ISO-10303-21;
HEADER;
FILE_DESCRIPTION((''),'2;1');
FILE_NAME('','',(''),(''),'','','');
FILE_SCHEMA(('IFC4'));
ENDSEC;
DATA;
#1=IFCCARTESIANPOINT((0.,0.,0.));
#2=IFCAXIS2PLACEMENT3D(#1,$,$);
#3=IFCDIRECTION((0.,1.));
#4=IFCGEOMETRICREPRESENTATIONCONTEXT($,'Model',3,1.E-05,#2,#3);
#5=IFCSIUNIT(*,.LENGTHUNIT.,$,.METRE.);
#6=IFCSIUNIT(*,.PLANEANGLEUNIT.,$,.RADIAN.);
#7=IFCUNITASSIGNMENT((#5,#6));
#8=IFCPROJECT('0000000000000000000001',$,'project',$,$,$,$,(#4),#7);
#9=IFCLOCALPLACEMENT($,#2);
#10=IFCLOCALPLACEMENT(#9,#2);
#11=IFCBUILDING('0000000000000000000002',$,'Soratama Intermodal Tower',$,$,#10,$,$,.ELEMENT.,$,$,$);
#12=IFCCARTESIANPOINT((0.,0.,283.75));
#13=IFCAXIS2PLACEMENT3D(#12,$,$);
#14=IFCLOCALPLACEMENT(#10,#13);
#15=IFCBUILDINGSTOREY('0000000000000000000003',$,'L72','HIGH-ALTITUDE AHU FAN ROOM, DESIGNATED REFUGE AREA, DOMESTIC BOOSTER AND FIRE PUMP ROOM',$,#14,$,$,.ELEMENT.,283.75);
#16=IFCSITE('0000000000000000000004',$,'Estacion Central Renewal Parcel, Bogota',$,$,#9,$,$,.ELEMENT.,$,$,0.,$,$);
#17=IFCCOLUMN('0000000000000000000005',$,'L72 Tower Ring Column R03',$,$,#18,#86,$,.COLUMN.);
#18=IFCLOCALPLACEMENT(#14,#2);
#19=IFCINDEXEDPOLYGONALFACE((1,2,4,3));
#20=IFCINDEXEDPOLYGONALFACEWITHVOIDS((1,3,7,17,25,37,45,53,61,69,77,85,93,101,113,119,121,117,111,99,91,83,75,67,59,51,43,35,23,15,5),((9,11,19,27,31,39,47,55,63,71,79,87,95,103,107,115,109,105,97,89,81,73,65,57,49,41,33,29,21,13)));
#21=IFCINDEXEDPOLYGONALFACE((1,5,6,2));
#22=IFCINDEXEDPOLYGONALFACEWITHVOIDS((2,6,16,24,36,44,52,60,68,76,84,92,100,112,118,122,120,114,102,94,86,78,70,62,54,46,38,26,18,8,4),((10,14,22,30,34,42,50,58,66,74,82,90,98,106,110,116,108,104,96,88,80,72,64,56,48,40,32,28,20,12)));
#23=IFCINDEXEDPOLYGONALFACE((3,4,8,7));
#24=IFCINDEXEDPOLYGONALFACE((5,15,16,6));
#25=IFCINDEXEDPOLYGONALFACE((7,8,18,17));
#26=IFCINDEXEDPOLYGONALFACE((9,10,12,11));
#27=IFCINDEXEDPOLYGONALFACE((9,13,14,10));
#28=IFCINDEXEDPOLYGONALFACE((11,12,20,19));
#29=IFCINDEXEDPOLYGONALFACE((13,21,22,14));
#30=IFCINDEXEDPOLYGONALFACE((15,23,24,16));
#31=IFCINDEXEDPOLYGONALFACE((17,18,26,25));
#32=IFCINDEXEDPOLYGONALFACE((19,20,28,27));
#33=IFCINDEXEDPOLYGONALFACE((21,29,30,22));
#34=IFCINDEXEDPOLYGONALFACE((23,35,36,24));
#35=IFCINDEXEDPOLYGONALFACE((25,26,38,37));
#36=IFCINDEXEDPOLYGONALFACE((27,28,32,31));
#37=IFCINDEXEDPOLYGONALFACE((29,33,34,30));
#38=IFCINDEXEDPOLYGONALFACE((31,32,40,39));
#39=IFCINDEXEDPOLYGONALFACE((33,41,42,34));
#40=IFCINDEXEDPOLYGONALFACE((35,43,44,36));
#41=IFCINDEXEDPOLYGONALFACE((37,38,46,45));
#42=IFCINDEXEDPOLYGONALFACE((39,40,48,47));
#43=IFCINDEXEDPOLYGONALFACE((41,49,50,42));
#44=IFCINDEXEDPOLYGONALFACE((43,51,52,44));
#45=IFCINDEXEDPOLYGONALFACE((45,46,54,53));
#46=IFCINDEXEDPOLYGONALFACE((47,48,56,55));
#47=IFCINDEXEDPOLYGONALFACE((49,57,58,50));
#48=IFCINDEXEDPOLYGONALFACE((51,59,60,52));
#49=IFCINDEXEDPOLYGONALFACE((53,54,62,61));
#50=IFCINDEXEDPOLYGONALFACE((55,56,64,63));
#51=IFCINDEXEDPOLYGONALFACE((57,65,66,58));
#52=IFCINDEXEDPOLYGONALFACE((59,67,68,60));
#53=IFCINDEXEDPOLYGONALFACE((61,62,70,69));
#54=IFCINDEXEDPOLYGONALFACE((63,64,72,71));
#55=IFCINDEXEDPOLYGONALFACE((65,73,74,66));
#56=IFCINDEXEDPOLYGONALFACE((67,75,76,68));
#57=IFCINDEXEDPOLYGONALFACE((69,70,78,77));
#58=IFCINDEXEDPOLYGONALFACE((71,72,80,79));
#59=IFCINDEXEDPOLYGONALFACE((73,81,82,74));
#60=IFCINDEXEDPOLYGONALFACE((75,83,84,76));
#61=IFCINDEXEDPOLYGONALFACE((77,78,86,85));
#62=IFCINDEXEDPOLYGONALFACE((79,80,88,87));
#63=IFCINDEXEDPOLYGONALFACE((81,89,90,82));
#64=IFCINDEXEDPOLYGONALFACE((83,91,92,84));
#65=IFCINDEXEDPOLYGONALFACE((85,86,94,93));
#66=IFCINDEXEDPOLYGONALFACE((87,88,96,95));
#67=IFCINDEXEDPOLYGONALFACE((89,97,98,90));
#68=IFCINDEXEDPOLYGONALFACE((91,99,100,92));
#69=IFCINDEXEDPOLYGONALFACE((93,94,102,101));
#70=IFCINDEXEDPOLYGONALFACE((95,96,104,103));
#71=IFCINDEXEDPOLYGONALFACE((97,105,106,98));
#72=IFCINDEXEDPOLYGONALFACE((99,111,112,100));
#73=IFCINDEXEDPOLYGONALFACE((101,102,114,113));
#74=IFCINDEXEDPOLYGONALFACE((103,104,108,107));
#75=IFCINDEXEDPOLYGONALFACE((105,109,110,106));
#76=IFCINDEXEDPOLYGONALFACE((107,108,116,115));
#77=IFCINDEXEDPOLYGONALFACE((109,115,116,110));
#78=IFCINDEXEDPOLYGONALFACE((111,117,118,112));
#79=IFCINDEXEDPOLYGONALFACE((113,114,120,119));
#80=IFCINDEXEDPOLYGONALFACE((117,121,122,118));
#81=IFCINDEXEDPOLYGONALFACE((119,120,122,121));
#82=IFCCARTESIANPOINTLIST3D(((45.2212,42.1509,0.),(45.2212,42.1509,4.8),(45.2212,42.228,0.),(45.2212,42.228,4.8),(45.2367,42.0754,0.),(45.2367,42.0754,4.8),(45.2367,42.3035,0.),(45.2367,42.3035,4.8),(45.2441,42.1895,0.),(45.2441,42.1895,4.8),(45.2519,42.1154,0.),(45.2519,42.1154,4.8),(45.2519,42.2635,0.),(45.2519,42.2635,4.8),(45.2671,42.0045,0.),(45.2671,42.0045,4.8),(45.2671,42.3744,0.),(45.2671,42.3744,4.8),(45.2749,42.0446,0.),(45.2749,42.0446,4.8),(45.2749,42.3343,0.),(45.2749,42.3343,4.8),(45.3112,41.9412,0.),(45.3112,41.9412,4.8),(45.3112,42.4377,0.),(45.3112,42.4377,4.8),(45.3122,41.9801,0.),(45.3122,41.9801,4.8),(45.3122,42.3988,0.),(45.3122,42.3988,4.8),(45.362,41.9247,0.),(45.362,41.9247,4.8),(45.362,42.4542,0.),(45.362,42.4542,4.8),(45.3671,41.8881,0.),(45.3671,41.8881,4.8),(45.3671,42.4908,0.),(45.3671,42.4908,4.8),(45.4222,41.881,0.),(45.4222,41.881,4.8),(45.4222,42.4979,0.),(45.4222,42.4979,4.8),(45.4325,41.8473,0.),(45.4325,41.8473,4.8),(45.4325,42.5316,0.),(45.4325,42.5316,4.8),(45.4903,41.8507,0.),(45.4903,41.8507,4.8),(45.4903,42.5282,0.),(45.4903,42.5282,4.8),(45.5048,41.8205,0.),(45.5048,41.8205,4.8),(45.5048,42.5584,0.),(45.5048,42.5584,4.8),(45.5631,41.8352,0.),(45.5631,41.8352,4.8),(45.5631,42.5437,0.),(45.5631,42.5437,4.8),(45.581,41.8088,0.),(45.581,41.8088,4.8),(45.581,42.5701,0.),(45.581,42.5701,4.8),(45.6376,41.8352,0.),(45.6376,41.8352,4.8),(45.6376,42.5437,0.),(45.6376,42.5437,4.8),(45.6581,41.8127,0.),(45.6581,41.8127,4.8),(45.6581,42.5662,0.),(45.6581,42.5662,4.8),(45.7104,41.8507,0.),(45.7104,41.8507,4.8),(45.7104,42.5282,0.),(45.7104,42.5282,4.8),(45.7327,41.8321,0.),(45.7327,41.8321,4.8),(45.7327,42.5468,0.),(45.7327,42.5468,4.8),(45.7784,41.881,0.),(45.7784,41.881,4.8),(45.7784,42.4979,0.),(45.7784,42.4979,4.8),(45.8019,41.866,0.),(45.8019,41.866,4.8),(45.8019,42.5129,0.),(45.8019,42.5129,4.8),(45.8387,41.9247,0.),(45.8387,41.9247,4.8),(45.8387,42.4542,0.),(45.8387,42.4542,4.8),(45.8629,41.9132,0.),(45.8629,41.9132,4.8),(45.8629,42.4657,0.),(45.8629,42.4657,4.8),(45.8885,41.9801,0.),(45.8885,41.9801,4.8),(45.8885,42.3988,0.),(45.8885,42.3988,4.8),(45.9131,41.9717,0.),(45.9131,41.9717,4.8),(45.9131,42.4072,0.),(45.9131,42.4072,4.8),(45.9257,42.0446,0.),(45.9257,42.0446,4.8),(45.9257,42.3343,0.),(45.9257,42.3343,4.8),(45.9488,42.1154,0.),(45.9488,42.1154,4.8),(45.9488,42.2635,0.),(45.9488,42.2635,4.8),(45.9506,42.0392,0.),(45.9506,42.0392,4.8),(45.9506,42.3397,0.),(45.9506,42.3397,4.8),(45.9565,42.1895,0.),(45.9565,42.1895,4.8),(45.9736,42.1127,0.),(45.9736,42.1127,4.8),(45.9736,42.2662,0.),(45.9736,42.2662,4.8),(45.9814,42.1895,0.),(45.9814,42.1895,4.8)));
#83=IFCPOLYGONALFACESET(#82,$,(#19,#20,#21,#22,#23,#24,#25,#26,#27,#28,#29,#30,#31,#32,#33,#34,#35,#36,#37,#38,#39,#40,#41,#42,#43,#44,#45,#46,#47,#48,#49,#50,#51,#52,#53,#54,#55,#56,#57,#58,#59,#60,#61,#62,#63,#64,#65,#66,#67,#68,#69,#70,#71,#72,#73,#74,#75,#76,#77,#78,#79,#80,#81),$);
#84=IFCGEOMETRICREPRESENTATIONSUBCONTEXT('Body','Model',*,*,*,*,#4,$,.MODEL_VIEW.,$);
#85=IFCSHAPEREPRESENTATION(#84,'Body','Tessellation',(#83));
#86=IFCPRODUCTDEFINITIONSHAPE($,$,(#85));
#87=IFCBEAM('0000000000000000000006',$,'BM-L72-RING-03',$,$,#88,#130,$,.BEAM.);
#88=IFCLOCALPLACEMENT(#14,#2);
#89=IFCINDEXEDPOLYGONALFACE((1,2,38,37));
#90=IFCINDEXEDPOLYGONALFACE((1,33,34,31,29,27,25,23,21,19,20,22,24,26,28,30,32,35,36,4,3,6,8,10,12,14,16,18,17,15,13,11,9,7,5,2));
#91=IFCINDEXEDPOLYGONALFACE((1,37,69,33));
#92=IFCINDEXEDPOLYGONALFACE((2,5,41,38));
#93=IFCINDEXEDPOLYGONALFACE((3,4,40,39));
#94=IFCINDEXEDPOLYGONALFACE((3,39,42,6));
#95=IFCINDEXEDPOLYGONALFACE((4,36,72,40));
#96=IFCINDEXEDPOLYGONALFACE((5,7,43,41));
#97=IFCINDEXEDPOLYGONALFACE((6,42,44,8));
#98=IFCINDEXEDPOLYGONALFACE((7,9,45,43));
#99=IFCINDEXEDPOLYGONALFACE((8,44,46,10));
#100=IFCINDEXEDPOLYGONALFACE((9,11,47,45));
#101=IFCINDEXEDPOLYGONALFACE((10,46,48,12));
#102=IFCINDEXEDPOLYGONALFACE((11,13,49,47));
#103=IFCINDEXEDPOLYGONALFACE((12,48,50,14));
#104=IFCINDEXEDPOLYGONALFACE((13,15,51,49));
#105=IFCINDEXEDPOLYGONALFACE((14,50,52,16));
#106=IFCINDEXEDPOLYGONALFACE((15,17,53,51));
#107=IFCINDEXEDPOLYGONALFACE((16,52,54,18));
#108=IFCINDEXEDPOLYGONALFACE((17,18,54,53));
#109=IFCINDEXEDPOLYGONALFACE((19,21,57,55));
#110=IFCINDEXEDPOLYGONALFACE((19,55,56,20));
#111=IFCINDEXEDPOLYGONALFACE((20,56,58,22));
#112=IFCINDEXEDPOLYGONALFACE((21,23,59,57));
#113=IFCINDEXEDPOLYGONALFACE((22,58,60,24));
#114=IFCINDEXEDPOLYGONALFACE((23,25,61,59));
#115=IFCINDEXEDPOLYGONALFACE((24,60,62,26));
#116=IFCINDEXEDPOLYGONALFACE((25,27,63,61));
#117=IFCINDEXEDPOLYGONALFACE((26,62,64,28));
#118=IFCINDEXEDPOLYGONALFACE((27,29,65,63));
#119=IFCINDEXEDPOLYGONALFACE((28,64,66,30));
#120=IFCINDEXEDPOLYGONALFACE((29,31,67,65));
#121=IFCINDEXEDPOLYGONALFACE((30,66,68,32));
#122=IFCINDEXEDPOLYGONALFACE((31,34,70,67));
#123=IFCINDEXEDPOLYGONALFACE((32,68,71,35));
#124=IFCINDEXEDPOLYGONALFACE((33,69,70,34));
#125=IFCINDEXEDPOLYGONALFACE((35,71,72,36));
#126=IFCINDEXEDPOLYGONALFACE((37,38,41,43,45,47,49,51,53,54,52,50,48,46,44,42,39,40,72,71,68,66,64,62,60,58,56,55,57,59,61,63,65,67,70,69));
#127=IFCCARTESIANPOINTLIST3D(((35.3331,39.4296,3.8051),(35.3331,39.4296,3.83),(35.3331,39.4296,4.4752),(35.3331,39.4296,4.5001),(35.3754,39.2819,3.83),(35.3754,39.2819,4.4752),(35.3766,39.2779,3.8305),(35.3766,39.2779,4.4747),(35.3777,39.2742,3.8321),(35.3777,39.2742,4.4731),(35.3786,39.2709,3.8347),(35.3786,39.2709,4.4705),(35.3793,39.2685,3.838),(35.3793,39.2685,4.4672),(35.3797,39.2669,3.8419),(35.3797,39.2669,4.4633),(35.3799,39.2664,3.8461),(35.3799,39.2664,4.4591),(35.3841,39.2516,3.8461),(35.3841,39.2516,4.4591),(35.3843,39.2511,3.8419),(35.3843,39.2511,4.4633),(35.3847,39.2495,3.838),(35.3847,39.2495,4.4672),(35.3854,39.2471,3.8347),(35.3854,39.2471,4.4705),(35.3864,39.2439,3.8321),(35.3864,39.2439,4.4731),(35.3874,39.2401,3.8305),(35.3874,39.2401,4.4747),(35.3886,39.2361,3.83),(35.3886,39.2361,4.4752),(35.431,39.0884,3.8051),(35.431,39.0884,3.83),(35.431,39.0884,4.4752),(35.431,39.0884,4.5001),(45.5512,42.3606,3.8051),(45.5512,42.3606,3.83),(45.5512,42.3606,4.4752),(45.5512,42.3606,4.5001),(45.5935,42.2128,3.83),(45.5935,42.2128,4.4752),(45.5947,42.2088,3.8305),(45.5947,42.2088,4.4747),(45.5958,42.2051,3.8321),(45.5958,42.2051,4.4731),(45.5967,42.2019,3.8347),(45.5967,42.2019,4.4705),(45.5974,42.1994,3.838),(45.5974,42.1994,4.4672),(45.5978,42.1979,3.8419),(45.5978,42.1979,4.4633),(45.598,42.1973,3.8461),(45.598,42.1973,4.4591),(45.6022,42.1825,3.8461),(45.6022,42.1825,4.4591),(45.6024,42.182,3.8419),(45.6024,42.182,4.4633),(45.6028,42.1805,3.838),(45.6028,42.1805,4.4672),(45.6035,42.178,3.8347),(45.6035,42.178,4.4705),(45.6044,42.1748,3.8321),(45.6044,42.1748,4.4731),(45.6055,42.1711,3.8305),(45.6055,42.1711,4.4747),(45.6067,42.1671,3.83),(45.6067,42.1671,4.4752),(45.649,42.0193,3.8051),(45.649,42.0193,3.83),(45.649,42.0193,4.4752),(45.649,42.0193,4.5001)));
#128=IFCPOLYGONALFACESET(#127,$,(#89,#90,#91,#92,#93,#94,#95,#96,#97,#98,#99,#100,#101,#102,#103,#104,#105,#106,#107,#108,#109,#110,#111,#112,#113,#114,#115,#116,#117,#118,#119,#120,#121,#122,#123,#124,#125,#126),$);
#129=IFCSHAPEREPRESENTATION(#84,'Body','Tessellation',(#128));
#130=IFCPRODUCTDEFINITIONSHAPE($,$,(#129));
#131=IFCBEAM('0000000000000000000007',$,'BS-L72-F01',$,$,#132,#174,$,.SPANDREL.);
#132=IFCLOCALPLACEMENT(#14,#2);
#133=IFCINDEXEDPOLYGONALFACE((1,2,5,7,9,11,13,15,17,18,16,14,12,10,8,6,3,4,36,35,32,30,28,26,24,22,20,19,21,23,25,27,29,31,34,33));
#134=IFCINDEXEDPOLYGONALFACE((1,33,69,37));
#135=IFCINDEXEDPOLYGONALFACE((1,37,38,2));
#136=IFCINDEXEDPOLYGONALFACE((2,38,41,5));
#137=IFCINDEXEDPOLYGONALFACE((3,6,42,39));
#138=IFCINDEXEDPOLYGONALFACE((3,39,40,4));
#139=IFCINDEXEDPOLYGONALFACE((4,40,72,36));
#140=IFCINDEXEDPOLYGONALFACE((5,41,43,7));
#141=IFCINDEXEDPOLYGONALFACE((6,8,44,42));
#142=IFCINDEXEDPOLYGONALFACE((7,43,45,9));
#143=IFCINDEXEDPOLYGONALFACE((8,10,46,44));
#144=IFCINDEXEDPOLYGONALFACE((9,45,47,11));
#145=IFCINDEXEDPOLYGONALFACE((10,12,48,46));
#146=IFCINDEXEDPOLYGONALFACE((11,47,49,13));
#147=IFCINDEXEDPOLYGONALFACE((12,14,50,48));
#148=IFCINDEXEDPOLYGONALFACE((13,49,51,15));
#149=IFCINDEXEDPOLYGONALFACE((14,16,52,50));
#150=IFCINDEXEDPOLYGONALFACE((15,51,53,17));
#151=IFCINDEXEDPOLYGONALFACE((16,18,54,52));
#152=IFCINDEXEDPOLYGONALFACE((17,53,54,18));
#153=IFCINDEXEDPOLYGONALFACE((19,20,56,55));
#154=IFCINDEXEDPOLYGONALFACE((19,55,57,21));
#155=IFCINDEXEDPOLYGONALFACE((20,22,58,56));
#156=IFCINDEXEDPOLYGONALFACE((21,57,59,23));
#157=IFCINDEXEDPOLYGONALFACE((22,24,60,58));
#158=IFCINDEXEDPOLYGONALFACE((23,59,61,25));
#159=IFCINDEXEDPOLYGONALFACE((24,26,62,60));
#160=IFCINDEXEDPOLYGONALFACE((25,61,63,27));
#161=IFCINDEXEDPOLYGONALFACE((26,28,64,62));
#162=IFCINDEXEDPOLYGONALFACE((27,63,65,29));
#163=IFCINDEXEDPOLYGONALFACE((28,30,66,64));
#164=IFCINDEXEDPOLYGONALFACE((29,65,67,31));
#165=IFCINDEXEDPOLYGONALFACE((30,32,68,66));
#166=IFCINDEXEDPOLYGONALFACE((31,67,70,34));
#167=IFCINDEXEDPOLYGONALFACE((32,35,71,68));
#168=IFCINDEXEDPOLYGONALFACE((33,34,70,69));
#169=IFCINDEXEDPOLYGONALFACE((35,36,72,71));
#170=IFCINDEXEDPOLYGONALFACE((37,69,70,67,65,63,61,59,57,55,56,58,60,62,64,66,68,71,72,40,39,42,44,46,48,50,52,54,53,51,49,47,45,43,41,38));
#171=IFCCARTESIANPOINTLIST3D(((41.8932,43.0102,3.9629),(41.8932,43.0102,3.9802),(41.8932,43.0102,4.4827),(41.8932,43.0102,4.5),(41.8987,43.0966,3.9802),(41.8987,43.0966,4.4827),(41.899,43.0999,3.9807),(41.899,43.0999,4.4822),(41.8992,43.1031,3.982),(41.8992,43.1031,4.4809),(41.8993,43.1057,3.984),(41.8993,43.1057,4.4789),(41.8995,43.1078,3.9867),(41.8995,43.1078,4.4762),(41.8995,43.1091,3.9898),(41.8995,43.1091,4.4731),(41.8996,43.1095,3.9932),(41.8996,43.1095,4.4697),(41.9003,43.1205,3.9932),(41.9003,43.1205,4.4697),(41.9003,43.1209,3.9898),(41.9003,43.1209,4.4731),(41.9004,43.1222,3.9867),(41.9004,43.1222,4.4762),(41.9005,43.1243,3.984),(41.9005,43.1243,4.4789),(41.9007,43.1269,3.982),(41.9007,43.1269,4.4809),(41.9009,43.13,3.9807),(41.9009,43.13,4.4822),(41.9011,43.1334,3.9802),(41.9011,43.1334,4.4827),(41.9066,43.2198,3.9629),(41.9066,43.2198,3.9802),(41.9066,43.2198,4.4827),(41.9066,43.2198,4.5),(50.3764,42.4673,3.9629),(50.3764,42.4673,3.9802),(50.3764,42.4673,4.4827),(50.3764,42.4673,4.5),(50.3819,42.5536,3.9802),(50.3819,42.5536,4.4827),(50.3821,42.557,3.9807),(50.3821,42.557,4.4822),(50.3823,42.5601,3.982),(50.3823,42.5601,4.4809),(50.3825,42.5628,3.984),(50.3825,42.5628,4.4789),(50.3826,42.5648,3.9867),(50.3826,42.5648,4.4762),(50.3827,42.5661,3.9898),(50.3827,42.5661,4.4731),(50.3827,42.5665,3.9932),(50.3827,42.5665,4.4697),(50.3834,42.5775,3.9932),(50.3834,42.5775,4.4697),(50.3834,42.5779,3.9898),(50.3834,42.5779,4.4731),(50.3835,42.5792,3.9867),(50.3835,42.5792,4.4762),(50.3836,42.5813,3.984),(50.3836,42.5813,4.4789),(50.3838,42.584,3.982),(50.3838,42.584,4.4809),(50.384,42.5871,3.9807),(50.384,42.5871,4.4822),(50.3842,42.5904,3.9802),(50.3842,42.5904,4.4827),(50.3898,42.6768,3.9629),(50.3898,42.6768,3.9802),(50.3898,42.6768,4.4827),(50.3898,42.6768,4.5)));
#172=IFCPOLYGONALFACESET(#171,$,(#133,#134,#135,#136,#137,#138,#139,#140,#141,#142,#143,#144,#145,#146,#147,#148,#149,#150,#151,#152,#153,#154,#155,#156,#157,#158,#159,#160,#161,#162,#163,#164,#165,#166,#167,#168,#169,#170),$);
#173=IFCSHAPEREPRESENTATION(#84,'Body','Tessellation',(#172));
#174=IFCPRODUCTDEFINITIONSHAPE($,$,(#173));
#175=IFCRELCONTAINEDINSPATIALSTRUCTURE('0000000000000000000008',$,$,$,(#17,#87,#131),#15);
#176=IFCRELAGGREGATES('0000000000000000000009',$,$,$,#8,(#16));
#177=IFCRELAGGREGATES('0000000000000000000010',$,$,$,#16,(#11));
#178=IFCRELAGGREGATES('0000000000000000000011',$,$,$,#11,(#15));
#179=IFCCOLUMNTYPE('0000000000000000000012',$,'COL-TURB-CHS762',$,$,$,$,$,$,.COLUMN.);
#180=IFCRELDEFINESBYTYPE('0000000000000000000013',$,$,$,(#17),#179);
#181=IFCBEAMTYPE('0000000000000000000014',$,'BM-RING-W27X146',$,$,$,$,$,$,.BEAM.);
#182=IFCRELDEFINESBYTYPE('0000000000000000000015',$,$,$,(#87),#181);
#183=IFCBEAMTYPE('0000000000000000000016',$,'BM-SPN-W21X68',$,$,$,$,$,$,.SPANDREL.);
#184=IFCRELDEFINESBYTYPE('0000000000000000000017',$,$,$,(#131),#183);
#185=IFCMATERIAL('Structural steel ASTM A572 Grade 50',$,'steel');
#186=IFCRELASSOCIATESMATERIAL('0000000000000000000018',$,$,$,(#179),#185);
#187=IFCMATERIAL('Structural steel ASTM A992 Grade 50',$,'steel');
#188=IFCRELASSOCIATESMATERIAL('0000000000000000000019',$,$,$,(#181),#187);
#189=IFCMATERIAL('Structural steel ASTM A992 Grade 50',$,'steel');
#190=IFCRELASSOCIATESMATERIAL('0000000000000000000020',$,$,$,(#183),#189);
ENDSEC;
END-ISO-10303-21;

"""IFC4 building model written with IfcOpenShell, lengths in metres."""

from ifc_helpers import new_model, si_unit, direction, frame, origin, origin_2d, place, context, subcontext, project, spatial, hollow_circle, i_section, extrude, material, material_profile, profile_set, type_object, element, save


model = new_model("IFC4")

# Units and contexts
model_context = context("Model", 3, precision=1e-05, world=origin(), true_north=direction((0.0, 1.0)))
body_context = subcontext(model_context, "Body", "Model", "MODEL_VIEW")
ifc_project = project(units=[si_unit("LENGTHUNIT", "METRE"), si_unit("PLANEANGLEUNIT", "RADIAN")], contexts=[model_context])

# Site, building, storey
site_placement = place(None, origin())
site = spatial("IfcSite", under=ifc_project, at=site_placement, Name="Estacion Central Renewal Parcel, Bogota", CompositionType="ELEMENT", RefElevation=0.0)
building_placement = place(site_placement, origin())
building = spatial("IfcBuilding", under=site, at=building_placement, Name="Soratama Intermodal Tower", CompositionType="ELEMENT")
storey_placement = place(building_placement, frame((0.0, 0.0, 283.75)))
storey = spatial("IfcBuildingStorey", under=building, at=storey_placement, Name="L72", Description="HIGH-ALTITUDE AHU FAN ROOM, DESIGNATED REFUGE AREA, DOMESTIC BOOSTER AND FIRE PUMP ROOM", CompositionType="ELEMENT", Elevation=283.75)

# Column
ifc_material_1 = material(Name="Structural steel ASTM A572 Grade 50", Category="steel")
ifc_material_profile_1 = material_profile(ifc_material_1, hollow_circle(Radius=0.3811, WallThickness=0.0249, at=origin_2d()), Name="CHS762X25")
ifc_profile_set_1 = profile_set([ifc_material_profile_1], Name="Structural steel ASTM A572 Grade 50")
column_type = type_object("IfcColumnType", Name="COL-TURB-CHS762", PredefinedType="COLUMN", material=ifc_profile_set_1)
column_placement = place(storey_placement, frame((45.6003, 42.1895, 0.0), z_axis=(0.0, 0.0, 1.0), x_axis=(1.0, 0.0, 0.0)))
element("IfcColumn", 1, at=column_placement, inside=storey, type_object=column_type, Name="L72 Tower Ring Column R03", PredefinedType="COLUMN", context=body_context, shape_type="SweptSolid", body=[
    extrude(hollow_circle(Radius=0.3811, WallThickness=0.0249, at=origin_2d()), origin(), (0.0, 0.0, 1.0), 4.8),
])

# Beams
ifc_material_2 = material(Name="Structural steel ASTM A992 Grade 50", Category="steel")
ifc_material_profile_2 = material_profile(ifc_material_2, i_section(OverallWidth=0.355, OverallDepth=0.6951, WebThickness=0.0154, FlangeThickness=0.0249, FilletRadius=0.0161, at=origin_2d()), Name="W27X146")
ifc_profile_set_2 = profile_set([ifc_material_profile_2], Name="Structural steel ASTM A992 Grade 50")
beam_type_1 = type_object("IfcBeamType", Name="BM-RING-W27X146", PredefinedType="BEAM", material=ifc_profile_set_2)
beam_1_placement = place(storey_placement, frame((45.6001, 42.1899, 4.1526), z_axis=(-0.961238, -0.275719, 0.0), x_axis=(0.275719, -0.961238, 0.0)))
element("IfcBeam", 2, at=beam_1_placement, inside=storey, type_object=beam_type_1, Name="BM-L72-RING-03", PredefinedType="BEAM", context=body_context, shape_type="SweptSolid", body=[
    extrude(i_section(OverallWidth=0.355, OverallDepth=0.6951, WebThickness=0.0154, FlangeThickness=0.0249, FilletRadius=0.0161, at=origin_2d()), origin(), (0.0, 0.0, 1.0), 10.6301),
])
ifc_material_3 = material(Name="Structural steel ASTM A992 Grade 50", Category="steel")
ifc_material_profile_3 = material_profile(ifc_material_3, i_section(OverallWidth=0.21, OverallDepth=0.5371, WebThickness=0.011, FlangeThickness=0.0173, FilletRadius=0.0129, at=origin_2d()), Name="W21X68")
ifc_profile_set_3 = profile_set([ifc_material_profile_3], Name="Structural steel ASTM A992 Grade 50")
beam_type_2 = type_object("IfcBeamType", Name="BM-SPN-W21X68", PredefinedType="SPANDREL", material=ifc_profile_set_3)
beam_2_placement = place(storey_placement, frame((50.3831, 42.572, 4.2314), z_axis=(-0.997958, 0.063875, 0.0), x_axis=(-0.063875, -0.997958, 0.0)))
element("IfcBeam", 3, at=beam_2_placement, inside=storey, type_object=beam_type_2, Name="BS-L72-F01", PredefinedType="SPANDREL", context=body_context, shape_type="SweptSolid", body=[
    extrude(i_section(OverallWidth=0.21, OverallDepth=0.5371, WebThickness=0.011, FlangeThickness=0.0173, FilletRadius=0.0129, at=origin_2d()), origin(), (0.0, 0.0, 1.0), 8.5005),
])

save(model, "model.ifc")
